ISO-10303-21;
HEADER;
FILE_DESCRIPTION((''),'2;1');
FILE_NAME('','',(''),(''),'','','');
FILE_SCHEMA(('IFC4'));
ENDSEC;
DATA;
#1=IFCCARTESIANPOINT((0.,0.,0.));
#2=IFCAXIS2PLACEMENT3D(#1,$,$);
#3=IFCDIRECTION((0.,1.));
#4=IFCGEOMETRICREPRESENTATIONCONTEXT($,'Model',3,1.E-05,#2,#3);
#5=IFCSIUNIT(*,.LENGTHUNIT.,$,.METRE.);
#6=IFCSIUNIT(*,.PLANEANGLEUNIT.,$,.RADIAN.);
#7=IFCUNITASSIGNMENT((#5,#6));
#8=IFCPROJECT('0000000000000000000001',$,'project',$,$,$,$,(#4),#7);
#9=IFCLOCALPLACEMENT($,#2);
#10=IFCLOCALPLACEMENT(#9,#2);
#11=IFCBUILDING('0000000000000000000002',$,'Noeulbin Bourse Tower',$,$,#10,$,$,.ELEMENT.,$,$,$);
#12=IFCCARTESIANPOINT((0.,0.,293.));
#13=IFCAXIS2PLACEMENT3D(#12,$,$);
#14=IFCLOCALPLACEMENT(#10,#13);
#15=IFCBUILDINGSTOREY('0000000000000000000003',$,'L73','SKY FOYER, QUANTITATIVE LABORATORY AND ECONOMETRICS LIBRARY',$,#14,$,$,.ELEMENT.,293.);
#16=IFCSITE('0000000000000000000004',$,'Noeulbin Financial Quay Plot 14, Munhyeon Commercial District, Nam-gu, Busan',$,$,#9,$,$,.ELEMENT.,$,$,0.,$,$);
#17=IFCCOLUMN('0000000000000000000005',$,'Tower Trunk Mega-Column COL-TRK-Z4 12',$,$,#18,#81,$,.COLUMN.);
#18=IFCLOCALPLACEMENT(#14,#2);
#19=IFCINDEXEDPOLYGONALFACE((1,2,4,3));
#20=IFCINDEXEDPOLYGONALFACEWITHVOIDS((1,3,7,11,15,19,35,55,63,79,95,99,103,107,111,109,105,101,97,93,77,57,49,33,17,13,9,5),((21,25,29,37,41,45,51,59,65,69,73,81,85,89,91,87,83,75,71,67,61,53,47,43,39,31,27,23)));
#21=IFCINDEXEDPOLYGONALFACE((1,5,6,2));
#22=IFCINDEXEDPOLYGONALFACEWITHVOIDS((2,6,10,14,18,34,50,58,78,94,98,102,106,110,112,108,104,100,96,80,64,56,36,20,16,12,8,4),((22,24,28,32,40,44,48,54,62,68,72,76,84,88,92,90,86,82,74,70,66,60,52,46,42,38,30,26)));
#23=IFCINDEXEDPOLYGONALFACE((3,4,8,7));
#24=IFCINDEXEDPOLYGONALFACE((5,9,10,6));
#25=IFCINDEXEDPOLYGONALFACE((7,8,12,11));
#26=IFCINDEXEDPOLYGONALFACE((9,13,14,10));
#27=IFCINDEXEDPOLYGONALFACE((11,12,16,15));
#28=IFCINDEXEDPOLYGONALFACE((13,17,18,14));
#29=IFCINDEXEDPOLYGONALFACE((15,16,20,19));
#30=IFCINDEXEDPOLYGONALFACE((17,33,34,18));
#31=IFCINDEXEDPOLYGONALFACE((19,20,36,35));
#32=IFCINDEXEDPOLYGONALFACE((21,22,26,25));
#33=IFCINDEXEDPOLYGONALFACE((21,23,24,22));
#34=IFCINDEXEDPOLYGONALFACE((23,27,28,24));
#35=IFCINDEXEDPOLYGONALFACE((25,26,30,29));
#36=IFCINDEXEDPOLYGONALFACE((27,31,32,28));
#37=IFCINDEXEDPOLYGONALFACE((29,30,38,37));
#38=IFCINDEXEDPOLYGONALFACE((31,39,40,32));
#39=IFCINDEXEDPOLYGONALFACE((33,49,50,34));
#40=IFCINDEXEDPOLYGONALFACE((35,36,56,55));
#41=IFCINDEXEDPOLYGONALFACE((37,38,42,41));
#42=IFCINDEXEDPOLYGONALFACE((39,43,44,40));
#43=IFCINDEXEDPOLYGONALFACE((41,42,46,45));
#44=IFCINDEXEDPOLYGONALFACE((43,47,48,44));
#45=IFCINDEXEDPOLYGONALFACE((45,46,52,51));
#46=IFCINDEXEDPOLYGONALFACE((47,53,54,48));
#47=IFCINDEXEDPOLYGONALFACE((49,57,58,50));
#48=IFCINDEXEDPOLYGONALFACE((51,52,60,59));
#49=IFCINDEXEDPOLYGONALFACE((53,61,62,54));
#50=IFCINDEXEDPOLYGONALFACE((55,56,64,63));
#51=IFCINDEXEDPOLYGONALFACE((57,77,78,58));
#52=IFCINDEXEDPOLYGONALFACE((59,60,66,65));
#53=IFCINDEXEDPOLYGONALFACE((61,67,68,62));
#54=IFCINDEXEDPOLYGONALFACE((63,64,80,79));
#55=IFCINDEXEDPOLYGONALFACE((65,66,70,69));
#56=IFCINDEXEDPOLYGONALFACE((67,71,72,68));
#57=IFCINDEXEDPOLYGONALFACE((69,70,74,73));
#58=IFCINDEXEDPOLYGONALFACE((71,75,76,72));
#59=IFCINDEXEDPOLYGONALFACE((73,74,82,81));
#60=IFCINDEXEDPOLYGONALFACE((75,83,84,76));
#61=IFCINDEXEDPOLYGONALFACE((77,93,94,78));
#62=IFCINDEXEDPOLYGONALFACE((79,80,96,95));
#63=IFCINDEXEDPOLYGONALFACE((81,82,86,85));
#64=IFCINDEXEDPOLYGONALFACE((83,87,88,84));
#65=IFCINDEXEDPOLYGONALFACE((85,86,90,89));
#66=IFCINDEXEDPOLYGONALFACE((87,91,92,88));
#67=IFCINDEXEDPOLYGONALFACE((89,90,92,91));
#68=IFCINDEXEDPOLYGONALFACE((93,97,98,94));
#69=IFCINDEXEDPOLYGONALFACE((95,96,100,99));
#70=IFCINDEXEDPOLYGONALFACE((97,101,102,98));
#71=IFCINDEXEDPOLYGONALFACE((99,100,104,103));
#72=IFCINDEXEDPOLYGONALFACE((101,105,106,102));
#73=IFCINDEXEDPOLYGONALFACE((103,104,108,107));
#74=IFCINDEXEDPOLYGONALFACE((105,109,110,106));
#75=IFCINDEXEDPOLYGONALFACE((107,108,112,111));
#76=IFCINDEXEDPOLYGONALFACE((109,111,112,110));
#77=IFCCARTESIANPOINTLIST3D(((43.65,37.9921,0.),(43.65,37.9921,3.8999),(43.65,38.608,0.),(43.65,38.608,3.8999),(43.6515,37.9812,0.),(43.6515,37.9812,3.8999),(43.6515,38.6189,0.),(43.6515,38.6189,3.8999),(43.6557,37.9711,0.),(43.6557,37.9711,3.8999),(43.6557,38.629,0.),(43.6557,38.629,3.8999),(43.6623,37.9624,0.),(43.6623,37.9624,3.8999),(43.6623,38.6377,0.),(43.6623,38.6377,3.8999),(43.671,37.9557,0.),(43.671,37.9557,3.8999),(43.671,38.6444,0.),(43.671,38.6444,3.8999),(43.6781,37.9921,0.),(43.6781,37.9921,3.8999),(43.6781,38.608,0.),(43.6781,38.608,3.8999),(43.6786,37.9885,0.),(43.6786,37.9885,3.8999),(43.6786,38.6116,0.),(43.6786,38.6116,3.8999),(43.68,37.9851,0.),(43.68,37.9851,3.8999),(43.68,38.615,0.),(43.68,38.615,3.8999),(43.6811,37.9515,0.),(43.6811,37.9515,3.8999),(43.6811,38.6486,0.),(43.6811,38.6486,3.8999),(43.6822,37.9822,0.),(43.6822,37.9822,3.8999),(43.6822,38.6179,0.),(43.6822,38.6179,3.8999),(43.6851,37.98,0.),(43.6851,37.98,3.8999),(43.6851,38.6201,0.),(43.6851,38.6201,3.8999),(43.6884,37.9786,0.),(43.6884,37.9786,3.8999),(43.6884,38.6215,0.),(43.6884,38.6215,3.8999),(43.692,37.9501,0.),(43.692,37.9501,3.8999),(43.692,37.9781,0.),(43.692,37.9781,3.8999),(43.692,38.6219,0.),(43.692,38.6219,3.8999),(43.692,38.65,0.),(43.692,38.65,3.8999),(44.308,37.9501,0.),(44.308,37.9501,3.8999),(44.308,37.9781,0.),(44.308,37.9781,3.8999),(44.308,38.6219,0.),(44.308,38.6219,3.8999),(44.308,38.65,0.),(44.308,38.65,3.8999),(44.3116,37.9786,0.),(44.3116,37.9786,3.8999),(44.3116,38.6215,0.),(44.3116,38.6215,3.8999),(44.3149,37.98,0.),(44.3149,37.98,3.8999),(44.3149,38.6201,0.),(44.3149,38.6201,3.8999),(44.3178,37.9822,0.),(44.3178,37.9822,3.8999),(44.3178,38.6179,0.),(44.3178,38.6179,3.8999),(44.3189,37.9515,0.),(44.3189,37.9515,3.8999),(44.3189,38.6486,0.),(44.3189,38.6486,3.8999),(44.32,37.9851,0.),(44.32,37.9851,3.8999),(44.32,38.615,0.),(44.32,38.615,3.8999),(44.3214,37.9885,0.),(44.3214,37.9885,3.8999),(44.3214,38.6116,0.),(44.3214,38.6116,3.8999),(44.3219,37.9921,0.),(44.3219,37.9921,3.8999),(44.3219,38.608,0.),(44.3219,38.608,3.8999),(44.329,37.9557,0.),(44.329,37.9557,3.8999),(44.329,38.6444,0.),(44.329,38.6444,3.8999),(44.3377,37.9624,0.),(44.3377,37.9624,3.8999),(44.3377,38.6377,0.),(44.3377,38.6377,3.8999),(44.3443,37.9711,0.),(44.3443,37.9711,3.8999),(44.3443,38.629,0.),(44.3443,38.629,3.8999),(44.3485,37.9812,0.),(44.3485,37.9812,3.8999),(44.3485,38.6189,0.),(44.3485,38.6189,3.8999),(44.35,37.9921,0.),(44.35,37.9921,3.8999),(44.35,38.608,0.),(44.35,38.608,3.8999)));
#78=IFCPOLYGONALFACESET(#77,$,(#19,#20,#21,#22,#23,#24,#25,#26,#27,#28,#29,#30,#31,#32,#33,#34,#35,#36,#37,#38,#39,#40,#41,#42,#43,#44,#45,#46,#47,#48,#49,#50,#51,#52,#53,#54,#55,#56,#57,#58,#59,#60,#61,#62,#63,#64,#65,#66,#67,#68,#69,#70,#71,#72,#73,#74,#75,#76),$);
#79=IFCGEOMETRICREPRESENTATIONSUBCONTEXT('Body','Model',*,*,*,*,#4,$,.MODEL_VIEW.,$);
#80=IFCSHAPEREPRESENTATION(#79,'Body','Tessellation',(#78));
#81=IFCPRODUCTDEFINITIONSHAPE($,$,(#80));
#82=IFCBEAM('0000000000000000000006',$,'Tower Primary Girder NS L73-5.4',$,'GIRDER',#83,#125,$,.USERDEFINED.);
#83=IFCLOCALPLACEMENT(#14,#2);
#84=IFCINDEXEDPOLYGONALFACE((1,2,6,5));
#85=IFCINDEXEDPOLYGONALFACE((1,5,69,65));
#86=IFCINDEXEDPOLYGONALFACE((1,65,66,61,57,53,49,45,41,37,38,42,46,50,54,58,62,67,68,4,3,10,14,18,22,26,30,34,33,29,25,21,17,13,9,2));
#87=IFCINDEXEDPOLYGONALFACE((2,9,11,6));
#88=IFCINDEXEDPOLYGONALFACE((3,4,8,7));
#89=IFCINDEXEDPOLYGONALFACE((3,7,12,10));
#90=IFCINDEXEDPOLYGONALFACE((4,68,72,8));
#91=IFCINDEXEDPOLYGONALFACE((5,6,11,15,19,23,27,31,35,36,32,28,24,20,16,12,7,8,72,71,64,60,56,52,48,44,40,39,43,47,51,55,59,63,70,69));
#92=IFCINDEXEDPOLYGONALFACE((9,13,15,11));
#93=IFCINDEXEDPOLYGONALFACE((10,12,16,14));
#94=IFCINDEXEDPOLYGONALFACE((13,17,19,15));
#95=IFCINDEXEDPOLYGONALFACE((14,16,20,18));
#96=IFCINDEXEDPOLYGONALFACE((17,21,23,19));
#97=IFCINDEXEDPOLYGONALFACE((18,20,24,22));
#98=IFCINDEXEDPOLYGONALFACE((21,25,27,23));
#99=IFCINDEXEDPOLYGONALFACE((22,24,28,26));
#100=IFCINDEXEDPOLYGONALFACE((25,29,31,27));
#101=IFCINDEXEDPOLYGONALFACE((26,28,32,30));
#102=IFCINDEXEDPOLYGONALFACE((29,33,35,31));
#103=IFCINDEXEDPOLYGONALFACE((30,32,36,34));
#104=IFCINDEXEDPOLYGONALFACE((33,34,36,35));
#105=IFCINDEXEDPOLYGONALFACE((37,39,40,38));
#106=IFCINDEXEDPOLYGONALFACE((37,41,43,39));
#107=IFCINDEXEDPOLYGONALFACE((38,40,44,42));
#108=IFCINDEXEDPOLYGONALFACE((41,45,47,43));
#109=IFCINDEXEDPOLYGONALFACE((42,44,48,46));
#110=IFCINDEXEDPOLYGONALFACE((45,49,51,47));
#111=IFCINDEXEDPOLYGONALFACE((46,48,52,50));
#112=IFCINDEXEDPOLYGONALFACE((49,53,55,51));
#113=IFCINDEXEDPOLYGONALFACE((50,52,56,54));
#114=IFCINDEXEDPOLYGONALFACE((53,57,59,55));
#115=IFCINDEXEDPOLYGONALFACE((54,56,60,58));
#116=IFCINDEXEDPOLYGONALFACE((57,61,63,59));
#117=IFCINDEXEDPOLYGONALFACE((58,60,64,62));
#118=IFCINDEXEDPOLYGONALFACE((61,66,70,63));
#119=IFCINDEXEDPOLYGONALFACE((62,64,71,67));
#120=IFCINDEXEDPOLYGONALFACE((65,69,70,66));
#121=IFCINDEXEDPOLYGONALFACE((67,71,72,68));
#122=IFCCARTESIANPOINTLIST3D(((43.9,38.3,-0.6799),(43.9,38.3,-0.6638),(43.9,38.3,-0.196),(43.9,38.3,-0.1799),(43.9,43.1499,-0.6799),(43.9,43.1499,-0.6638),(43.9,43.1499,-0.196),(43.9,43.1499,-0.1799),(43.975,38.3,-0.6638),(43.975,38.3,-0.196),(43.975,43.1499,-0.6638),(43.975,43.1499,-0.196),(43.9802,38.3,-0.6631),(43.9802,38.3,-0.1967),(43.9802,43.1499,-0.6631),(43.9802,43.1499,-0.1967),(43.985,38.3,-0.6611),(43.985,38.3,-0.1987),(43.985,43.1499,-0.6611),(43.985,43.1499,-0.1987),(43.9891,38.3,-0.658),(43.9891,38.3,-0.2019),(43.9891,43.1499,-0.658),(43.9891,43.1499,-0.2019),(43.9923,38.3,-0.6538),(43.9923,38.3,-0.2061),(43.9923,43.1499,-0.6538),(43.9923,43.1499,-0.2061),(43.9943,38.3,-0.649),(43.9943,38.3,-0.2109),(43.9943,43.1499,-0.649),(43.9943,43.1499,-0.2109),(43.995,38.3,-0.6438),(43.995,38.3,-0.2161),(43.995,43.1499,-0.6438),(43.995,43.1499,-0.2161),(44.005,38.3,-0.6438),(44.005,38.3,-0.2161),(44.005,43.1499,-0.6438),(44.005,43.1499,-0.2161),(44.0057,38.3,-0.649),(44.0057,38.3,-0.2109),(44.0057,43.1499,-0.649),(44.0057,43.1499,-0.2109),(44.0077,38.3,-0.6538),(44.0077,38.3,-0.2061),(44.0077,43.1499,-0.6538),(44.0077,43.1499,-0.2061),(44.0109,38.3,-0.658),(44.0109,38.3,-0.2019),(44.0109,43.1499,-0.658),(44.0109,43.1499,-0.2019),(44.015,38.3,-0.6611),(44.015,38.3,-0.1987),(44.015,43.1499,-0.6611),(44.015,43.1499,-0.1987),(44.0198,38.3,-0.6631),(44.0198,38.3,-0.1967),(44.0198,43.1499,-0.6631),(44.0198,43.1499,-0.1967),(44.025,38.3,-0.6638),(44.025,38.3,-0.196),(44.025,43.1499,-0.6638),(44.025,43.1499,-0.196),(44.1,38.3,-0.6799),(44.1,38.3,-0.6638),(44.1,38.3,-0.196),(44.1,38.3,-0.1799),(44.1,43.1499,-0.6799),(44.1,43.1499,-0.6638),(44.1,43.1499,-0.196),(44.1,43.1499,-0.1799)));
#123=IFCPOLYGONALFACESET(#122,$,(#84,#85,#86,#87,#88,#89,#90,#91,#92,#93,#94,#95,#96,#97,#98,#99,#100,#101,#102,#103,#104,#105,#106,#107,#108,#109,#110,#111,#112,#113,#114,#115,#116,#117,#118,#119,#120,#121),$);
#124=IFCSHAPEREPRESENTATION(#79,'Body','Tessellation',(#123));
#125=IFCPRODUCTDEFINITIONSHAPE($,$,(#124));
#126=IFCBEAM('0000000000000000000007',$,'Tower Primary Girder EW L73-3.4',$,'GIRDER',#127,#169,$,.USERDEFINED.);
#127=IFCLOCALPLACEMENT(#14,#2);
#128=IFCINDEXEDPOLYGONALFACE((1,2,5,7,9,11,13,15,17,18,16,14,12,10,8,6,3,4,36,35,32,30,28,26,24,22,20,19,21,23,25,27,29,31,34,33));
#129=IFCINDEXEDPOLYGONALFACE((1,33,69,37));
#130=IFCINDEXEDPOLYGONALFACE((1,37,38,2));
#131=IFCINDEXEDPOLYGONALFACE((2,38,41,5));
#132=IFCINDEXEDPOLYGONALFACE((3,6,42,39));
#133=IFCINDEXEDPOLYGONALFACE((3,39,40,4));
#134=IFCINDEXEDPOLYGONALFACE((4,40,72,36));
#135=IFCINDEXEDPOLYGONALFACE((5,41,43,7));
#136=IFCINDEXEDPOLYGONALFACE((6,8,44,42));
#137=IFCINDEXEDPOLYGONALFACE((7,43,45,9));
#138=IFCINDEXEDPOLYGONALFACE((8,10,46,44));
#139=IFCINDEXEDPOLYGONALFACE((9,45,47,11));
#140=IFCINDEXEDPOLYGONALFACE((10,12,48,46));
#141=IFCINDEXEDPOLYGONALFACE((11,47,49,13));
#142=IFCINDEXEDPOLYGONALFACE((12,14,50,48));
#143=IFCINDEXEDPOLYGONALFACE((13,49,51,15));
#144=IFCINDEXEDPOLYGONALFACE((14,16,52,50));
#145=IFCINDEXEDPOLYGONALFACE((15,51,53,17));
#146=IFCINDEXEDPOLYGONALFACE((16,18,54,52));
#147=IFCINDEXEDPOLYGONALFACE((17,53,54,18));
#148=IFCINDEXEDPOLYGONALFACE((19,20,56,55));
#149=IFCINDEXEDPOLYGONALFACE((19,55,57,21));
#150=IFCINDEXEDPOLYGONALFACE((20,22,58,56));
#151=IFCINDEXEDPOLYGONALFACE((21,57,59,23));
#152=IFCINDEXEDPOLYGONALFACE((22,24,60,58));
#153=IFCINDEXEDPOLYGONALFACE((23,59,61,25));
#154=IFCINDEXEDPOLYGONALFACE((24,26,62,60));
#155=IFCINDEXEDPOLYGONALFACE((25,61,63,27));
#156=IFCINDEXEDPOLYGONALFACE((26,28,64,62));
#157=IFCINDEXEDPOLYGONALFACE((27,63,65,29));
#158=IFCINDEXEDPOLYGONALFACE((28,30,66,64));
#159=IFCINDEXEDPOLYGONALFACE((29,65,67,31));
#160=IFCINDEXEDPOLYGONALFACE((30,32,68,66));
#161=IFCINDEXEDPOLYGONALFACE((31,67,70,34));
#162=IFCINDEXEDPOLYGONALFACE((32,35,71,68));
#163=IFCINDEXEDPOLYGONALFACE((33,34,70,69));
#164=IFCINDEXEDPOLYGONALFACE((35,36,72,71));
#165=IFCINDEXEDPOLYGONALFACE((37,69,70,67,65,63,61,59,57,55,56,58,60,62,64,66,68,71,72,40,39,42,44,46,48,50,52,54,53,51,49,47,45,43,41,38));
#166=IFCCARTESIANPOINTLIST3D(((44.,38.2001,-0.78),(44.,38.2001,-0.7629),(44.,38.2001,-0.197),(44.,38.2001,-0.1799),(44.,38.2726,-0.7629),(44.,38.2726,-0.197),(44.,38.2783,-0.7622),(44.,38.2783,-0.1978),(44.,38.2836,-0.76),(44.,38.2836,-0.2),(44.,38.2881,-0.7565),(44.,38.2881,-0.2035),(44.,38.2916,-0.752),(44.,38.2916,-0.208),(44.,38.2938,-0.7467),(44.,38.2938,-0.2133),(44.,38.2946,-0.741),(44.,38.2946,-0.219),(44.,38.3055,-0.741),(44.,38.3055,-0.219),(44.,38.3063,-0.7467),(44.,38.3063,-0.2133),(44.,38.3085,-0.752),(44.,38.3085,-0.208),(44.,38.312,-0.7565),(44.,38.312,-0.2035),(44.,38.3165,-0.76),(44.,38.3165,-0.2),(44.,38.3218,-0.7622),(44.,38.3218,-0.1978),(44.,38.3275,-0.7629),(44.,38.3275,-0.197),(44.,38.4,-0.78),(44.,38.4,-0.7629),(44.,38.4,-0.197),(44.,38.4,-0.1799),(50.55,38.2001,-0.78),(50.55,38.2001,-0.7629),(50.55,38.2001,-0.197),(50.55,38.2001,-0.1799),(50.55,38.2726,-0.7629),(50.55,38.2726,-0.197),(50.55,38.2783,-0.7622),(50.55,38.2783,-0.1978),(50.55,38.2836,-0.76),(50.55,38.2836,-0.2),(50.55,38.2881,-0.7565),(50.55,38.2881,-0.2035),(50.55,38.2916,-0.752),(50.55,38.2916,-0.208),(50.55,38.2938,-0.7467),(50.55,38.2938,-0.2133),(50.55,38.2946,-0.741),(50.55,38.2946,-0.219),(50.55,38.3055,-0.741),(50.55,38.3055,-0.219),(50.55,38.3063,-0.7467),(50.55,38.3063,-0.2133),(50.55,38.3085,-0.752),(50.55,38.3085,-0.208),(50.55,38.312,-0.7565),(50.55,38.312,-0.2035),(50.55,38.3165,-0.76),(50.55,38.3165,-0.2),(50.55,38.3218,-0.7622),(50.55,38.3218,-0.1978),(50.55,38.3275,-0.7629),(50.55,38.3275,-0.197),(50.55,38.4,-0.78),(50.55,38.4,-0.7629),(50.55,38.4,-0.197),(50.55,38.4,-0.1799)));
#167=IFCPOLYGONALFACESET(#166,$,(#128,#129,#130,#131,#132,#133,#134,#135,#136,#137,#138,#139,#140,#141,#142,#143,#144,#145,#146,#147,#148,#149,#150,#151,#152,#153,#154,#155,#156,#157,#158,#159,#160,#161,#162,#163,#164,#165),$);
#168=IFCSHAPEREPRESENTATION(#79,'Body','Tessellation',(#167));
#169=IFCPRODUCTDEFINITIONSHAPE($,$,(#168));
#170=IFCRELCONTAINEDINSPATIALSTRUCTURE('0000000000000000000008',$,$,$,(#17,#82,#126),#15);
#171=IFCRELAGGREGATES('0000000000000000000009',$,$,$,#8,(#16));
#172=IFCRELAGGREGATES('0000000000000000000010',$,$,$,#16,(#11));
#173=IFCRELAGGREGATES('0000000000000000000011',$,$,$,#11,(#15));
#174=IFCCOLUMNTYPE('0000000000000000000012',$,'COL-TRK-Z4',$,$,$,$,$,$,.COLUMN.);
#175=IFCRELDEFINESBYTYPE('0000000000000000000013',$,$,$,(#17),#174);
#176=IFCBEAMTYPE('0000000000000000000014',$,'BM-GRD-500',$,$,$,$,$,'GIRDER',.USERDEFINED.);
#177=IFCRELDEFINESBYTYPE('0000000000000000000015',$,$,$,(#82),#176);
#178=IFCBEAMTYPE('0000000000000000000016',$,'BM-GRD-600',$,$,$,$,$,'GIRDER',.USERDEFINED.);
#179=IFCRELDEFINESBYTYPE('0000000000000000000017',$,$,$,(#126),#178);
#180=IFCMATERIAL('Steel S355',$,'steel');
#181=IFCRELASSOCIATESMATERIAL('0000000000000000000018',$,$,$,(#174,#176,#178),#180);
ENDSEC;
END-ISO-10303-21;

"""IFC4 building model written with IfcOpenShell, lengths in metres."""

from ifc_helpers import new_model, si_unit, direction, frame, origin, origin_2d, place, context, subcontext, project, spatial, hollow_rectangle, i_section, extrude, material, material_profile, profile_set, type_object, element, save


model = new_model("IFC4")

# Units and contexts
model_context = context("Model", 3, precision=1e-05, world=origin(), true_north=direction((0.0, 1.0)))
body_context = subcontext(model_context, "Body", "Model", "MODEL_VIEW")
ifc_project = project(units=[si_unit("LENGTHUNIT", "METRE"), si_unit("PLANEANGLEUNIT", "RADIAN")], contexts=[model_context])

# Site, building, storey
site_placement = place(None, origin())
site = spatial("IfcSite", under=ifc_project, at=site_placement, Name="Noeulbin Financial Quay Plot 14, Munhyeon Commercial District, Nam-gu, Busan", CompositionType="ELEMENT", RefElevation=0.0)
building_placement = place(site_placement, origin())
building = spatial("IfcBuilding", under=site, at=building_placement, Name="Noeulbin Bourse Tower", CompositionType="ELEMENT")
storey_placement = place(building_placement, frame((0.0, 0.0, 293.0)))
storey = spatial("IfcBuildingStorey", under=building, at=storey_placement, Name="L73", Description="SKY FOYER, QUANTITATIVE LABORATORY AND ECONOMETRICS LIBRARY", CompositionType="ELEMENT", Elevation=293.0)

# Column
ifc_material_1 = material(Name="Steel S355", Category="steel")
ifc_material_profile_1 = material_profile(ifc_material_1, hollow_rectangle(XDim=0.7, YDim=0.7, WallThickness=0.0281, InnerFilletRadius=0.0139, OuterFilletRadius=0.042, at=origin_2d()), Name="BOX-700x700x28", Category="LoadBearing")
ifc_profile_set_1 = profile_set([ifc_material_profile_1], Name="Steel S355")
column_type_1 = type_object("IfcColumnType", Name="COL-TRK-Z4", PredefinedType="COLUMN", material=ifc_profile_set_1)
column_placement = place(storey_placement, frame((44.0, 38.3, 0.0), z_axis=(0.0, 0.0, 1.0), x_axis=(1.0, 0.0, 0.0)))
element("IfcColumn", 1, at=column_placement, inside=storey, type_object=column_type_1, Name="Tower Trunk Mega-Column COL-TRK-Z4 12", PredefinedType="COLUMN", context=body_context, shape_type="SweptSolid", body=[
    extrude(hollow_rectangle(XDim=0.7, YDim=0.7, WallThickness=0.0281, InnerFilletRadius=0.0139, OuterFilletRadius=0.042, at=origin_2d()), origin(), (0.0, 0.0, 1.0), 3.8999),
])

# Beams
ifc_material_profile_2 = material_profile(ifc_material_1, i_section(OverallWidth=0.2, OverallDepth=0.5, WebThickness=0.01, FlangeThickness=0.0161, FilletRadius=0.02, at=origin_2d()), Name="H-500x200x10x16", Category="LoadBearing")
ifc_profile_set_2 = profile_set([ifc_material_profile_2], Name="Steel S355")
beam_type_1 = type_object("IfcBeamType", Name="BM-GRD-500", ElementType="GIRDER", PredefinedType="USERDEFINED", material=ifc_profile_set_2)
beam_1_placement = place(storey_placement, frame((44.0, 38.3, -0.4299), z_axis=(0.0, 1.0, 0.0), x_axis=(-1.0, 0.0, 0.0)))
element("IfcBeam", 2, at=beam_1_placement, inside=storey, type_object=beam_type_1, Name="Tower Primary Girder NS L73-5.4", ObjectType="GIRDER", PredefinedType="USERDEFINED", context=body_context, shape_type="SweptSolid", body=[
    extrude(i_section(OverallWidth=0.2, OverallDepth=0.5, WebThickness=0.01, FlangeThickness=0.0161, FilletRadius=0.02, at=origin_2d()), origin(), (0.0, 0.0, 1.0), 4.8499),
])
ifc_material_profile_3 = material_profile(ifc_material_1, i_section(OverallWidth=0.2, OverallDepth=0.6001, WebThickness=0.011, FlangeThickness=0.0171, FilletRadius=0.022, at=origin_2d()), Name="H-600x200x11x17", Category="LoadBearing")
ifc_profile_set_3 = profile_set([ifc_material_profile_3], Name="Steel S355")
beam_type_2 = type_object("IfcBeamType", Name="BM-GRD-600", ElementType="GIRDER", PredefinedType="USERDEFINED", material=ifc_profile_set_3)
beam_2_placement = place(storey_placement, frame((44.0, 38.3, -0.48), z_axis=(1.0, 0.0, 0.0), x_axis=(0.0, 1.0, 0.0)))
element("IfcBeam", 3, at=beam_2_placement, inside=storey, type_object=beam_type_2, Name="Tower Primary Girder EW L73-3.4", ObjectType="GIRDER", PredefinedType="USERDEFINED", context=body_context, shape_type="SweptSolid", body=[
    extrude(i_section(OverallWidth=0.2, OverallDepth=0.6001, WebThickness=0.011, FlangeThickness=0.0171, FilletRadius=0.022, at=origin_2d()), origin(), (0.0, 0.0, 1.0), 6.55),
])

save(model, "model.ifc")
